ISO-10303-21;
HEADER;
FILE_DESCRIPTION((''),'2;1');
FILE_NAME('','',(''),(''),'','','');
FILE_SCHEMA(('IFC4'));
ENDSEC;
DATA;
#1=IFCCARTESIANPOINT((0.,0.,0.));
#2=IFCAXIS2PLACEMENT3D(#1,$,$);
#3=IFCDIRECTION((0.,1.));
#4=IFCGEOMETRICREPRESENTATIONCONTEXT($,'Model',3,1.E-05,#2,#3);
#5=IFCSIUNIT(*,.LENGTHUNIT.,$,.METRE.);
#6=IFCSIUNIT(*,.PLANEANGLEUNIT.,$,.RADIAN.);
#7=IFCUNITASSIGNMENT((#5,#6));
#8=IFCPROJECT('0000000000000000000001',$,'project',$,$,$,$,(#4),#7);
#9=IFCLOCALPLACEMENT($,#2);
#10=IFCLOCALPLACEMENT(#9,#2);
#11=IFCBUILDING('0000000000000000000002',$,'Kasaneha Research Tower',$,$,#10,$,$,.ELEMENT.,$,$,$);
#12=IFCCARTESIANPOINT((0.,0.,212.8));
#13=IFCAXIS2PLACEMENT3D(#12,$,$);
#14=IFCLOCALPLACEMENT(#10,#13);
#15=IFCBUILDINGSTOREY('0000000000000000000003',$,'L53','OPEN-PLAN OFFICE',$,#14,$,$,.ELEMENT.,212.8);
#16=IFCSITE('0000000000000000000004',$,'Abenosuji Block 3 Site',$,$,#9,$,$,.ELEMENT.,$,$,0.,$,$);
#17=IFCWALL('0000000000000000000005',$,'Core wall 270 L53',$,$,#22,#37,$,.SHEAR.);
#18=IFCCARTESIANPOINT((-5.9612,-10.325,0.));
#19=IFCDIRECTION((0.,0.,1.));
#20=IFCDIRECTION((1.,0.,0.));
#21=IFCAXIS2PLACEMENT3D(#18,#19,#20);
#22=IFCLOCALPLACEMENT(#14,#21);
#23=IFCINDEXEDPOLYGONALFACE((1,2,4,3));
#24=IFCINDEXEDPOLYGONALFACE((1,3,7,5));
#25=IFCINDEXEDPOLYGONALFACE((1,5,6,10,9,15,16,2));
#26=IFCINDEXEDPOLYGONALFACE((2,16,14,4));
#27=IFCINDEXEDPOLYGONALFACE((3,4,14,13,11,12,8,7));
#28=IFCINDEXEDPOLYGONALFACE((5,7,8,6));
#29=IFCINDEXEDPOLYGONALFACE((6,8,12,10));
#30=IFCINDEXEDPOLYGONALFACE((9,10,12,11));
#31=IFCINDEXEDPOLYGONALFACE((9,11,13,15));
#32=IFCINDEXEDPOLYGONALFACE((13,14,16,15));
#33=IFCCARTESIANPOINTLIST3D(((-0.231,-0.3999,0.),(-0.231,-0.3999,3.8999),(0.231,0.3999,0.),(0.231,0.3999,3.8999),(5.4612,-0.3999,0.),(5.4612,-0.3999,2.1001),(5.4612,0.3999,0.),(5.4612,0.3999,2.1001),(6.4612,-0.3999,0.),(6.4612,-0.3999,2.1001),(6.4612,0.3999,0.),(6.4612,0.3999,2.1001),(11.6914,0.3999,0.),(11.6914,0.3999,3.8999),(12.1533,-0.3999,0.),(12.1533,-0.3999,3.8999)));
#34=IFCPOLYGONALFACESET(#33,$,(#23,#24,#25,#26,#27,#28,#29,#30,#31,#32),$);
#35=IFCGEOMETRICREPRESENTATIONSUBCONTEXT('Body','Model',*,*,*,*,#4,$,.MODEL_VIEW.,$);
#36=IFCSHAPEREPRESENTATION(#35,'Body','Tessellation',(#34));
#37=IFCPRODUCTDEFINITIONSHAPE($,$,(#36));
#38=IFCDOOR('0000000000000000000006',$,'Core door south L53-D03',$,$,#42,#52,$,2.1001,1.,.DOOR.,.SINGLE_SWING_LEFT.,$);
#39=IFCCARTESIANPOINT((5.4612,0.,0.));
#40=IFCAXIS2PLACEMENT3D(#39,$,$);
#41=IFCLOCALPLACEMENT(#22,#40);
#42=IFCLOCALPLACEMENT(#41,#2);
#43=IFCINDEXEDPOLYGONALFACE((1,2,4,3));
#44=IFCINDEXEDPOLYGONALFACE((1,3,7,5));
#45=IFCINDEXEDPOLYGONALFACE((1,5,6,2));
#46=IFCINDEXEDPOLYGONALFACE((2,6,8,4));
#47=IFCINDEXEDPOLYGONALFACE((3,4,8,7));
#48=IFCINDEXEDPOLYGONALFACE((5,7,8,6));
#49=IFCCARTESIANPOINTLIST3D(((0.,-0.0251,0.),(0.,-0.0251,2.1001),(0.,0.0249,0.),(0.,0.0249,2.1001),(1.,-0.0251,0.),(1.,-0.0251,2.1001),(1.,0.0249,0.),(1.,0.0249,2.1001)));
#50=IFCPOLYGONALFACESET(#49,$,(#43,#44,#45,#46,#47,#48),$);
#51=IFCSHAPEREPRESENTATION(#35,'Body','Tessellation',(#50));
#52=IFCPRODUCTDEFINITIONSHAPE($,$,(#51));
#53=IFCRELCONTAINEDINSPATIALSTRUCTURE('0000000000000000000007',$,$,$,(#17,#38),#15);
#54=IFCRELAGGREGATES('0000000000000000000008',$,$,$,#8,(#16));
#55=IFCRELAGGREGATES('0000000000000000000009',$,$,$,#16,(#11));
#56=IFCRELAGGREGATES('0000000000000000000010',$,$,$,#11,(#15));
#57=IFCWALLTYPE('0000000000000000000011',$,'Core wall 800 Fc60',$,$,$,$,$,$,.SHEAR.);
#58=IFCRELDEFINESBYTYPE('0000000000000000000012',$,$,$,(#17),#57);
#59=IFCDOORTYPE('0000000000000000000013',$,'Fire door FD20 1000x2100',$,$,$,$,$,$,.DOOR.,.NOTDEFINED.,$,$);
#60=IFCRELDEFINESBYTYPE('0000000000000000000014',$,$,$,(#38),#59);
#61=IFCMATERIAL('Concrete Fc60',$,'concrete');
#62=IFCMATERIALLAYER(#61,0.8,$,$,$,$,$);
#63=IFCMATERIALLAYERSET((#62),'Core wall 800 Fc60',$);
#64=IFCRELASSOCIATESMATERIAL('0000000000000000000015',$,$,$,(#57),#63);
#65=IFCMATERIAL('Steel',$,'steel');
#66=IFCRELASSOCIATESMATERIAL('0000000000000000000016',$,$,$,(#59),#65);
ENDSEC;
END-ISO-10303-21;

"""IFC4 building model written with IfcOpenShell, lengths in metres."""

from ifc_helpers import new_model, si_unit, direction, frame, frame_2d, origin, place, context, subcontext, project, spatial, polyline, rectangle, outline, extrude, material, layer, layer_set, type_object, element, fill, save


model = new_model("IFC4")

# Units and contexts
model_context = context("Model", 3, precision=1e-05, world=origin(), true_north=direction((0.0, 1.0)))
body_context = subcontext(model_context, "Body", "Model", "MODEL_VIEW")
ifc_project = project(units=[si_unit("LENGTHUNIT", "METRE"), si_unit("PLANEANGLEUNIT", "RADIAN")], contexts=[model_context])

# Site, building, storey
site_placement = place(None, origin())
site = spatial("IfcSite", under=ifc_project, at=site_placement, Name="Abenosuji Block 3 Site", CompositionType="ELEMENT", RefElevation=0.0)
building_placement = place(site_placement, origin())
building = spatial("IfcBuilding", under=site, at=building_placement, Name="Kasaneha Research Tower", CompositionType="ELEMENT")
storey_placement = place(building_placement, frame((0.0, 0.0, 212.8)))
storey = spatial("IfcBuildingStorey", under=building, at=storey_placement, Name="L53", Description="OPEN-PLAN OFFICE", CompositionType="ELEMENT", Elevation=212.8)

# Wall, opening, door
ifc_material_1 = material(Name="Concrete Fc60", Category="concrete")
ifc_layer_1 = layer(ifc_material_1, 0.8)
ifc_layer_set_1 = layer_set([ifc_layer_1], Name="Core wall 800 Fc60")
wall_type_1 = type_object("IfcWallType", Name="Core wall 800 Fc60", PredefinedType="SHEAR", material=ifc_layer_set_1)
wall_1_placement = place(storey_placement, frame((-5.9612, -10.325, 0.0), z_axis=(0.0, 0.0, 1.0), x_axis=(1.0, 0.0, 0.0)))
wall_1 = element("IfcWall", 1, at=wall_1_placement, inside=storey, type_object=wall_type_1, Name="Core wall 270 L53", PredefinedType="SHEAR", context=body_context, shape_type="SweptSolid", body=[
    extrude(outline(polyline([(-0.231, -0.3999), (5.4612, -0.3999), (6.4612, -0.3999), (12.1533, -0.3999), (11.6914, 0.3999), (6.4612, 0.3999), (5.4612, 0.3999), (0.231, 0.3999), (-0.231, -0.3999)])), origin(), (0.0, 0.0, 1.0), 3.8999),
])
opening_1_placement = place(wall_1_placement, frame((5.4612, 0.0, 0.0)))
opening_1 = element("IfcOpeningElement", 2, at=opening_1_placement, cuts=wall_1, PredefinedType="OPENING", context=body_context, shape_type="SweptSolid", body=[
    extrude(rectangle(XDim=1.0, YDim=2.1001, at=frame_2d((0.5, 1.05))), frame((0.0, 0.4102, 0.0), z_axis=(0.0, -1.0, 0.0), x_axis=(1.0, 0.0, 0.0)), (0.0, 0.0, 1.0), 0.8201),
])
ifc_material_2 = material(Name="Steel", Category="steel")
door_type_1 = type_object("IfcDoorType", Name="Fire door FD20 1000x2100", OperationType="NOTDEFINED", PredefinedType="DOOR", material=ifc_material_2)
door_1_placement = place(opening_1_placement, origin())
door_1 = element("IfcDoor", 3, at=door_1_placement, inside=storey, type_object=door_type_1, Name="Core door south L53-D03", OperationType="SINGLE_SWING_LEFT", OverallHeight=2.1001, OverallWidth=1.0, PredefinedType="DOOR", context=body_context, shape_type="SweptSolid", body=[
    extrude(rectangle(XDim=1.0, YDim=2.1001, at=frame_2d((0.5, 1.05))), frame((0.0, 0.0249, 0.0), z_axis=(0.0, -1.0, 0.0), x_axis=(1.0, 0.0, 0.0)), (0.0, 0.0, 1.0), 0.05),
])
fill(opening_1, door_1)

save(model, "model.ifc")
